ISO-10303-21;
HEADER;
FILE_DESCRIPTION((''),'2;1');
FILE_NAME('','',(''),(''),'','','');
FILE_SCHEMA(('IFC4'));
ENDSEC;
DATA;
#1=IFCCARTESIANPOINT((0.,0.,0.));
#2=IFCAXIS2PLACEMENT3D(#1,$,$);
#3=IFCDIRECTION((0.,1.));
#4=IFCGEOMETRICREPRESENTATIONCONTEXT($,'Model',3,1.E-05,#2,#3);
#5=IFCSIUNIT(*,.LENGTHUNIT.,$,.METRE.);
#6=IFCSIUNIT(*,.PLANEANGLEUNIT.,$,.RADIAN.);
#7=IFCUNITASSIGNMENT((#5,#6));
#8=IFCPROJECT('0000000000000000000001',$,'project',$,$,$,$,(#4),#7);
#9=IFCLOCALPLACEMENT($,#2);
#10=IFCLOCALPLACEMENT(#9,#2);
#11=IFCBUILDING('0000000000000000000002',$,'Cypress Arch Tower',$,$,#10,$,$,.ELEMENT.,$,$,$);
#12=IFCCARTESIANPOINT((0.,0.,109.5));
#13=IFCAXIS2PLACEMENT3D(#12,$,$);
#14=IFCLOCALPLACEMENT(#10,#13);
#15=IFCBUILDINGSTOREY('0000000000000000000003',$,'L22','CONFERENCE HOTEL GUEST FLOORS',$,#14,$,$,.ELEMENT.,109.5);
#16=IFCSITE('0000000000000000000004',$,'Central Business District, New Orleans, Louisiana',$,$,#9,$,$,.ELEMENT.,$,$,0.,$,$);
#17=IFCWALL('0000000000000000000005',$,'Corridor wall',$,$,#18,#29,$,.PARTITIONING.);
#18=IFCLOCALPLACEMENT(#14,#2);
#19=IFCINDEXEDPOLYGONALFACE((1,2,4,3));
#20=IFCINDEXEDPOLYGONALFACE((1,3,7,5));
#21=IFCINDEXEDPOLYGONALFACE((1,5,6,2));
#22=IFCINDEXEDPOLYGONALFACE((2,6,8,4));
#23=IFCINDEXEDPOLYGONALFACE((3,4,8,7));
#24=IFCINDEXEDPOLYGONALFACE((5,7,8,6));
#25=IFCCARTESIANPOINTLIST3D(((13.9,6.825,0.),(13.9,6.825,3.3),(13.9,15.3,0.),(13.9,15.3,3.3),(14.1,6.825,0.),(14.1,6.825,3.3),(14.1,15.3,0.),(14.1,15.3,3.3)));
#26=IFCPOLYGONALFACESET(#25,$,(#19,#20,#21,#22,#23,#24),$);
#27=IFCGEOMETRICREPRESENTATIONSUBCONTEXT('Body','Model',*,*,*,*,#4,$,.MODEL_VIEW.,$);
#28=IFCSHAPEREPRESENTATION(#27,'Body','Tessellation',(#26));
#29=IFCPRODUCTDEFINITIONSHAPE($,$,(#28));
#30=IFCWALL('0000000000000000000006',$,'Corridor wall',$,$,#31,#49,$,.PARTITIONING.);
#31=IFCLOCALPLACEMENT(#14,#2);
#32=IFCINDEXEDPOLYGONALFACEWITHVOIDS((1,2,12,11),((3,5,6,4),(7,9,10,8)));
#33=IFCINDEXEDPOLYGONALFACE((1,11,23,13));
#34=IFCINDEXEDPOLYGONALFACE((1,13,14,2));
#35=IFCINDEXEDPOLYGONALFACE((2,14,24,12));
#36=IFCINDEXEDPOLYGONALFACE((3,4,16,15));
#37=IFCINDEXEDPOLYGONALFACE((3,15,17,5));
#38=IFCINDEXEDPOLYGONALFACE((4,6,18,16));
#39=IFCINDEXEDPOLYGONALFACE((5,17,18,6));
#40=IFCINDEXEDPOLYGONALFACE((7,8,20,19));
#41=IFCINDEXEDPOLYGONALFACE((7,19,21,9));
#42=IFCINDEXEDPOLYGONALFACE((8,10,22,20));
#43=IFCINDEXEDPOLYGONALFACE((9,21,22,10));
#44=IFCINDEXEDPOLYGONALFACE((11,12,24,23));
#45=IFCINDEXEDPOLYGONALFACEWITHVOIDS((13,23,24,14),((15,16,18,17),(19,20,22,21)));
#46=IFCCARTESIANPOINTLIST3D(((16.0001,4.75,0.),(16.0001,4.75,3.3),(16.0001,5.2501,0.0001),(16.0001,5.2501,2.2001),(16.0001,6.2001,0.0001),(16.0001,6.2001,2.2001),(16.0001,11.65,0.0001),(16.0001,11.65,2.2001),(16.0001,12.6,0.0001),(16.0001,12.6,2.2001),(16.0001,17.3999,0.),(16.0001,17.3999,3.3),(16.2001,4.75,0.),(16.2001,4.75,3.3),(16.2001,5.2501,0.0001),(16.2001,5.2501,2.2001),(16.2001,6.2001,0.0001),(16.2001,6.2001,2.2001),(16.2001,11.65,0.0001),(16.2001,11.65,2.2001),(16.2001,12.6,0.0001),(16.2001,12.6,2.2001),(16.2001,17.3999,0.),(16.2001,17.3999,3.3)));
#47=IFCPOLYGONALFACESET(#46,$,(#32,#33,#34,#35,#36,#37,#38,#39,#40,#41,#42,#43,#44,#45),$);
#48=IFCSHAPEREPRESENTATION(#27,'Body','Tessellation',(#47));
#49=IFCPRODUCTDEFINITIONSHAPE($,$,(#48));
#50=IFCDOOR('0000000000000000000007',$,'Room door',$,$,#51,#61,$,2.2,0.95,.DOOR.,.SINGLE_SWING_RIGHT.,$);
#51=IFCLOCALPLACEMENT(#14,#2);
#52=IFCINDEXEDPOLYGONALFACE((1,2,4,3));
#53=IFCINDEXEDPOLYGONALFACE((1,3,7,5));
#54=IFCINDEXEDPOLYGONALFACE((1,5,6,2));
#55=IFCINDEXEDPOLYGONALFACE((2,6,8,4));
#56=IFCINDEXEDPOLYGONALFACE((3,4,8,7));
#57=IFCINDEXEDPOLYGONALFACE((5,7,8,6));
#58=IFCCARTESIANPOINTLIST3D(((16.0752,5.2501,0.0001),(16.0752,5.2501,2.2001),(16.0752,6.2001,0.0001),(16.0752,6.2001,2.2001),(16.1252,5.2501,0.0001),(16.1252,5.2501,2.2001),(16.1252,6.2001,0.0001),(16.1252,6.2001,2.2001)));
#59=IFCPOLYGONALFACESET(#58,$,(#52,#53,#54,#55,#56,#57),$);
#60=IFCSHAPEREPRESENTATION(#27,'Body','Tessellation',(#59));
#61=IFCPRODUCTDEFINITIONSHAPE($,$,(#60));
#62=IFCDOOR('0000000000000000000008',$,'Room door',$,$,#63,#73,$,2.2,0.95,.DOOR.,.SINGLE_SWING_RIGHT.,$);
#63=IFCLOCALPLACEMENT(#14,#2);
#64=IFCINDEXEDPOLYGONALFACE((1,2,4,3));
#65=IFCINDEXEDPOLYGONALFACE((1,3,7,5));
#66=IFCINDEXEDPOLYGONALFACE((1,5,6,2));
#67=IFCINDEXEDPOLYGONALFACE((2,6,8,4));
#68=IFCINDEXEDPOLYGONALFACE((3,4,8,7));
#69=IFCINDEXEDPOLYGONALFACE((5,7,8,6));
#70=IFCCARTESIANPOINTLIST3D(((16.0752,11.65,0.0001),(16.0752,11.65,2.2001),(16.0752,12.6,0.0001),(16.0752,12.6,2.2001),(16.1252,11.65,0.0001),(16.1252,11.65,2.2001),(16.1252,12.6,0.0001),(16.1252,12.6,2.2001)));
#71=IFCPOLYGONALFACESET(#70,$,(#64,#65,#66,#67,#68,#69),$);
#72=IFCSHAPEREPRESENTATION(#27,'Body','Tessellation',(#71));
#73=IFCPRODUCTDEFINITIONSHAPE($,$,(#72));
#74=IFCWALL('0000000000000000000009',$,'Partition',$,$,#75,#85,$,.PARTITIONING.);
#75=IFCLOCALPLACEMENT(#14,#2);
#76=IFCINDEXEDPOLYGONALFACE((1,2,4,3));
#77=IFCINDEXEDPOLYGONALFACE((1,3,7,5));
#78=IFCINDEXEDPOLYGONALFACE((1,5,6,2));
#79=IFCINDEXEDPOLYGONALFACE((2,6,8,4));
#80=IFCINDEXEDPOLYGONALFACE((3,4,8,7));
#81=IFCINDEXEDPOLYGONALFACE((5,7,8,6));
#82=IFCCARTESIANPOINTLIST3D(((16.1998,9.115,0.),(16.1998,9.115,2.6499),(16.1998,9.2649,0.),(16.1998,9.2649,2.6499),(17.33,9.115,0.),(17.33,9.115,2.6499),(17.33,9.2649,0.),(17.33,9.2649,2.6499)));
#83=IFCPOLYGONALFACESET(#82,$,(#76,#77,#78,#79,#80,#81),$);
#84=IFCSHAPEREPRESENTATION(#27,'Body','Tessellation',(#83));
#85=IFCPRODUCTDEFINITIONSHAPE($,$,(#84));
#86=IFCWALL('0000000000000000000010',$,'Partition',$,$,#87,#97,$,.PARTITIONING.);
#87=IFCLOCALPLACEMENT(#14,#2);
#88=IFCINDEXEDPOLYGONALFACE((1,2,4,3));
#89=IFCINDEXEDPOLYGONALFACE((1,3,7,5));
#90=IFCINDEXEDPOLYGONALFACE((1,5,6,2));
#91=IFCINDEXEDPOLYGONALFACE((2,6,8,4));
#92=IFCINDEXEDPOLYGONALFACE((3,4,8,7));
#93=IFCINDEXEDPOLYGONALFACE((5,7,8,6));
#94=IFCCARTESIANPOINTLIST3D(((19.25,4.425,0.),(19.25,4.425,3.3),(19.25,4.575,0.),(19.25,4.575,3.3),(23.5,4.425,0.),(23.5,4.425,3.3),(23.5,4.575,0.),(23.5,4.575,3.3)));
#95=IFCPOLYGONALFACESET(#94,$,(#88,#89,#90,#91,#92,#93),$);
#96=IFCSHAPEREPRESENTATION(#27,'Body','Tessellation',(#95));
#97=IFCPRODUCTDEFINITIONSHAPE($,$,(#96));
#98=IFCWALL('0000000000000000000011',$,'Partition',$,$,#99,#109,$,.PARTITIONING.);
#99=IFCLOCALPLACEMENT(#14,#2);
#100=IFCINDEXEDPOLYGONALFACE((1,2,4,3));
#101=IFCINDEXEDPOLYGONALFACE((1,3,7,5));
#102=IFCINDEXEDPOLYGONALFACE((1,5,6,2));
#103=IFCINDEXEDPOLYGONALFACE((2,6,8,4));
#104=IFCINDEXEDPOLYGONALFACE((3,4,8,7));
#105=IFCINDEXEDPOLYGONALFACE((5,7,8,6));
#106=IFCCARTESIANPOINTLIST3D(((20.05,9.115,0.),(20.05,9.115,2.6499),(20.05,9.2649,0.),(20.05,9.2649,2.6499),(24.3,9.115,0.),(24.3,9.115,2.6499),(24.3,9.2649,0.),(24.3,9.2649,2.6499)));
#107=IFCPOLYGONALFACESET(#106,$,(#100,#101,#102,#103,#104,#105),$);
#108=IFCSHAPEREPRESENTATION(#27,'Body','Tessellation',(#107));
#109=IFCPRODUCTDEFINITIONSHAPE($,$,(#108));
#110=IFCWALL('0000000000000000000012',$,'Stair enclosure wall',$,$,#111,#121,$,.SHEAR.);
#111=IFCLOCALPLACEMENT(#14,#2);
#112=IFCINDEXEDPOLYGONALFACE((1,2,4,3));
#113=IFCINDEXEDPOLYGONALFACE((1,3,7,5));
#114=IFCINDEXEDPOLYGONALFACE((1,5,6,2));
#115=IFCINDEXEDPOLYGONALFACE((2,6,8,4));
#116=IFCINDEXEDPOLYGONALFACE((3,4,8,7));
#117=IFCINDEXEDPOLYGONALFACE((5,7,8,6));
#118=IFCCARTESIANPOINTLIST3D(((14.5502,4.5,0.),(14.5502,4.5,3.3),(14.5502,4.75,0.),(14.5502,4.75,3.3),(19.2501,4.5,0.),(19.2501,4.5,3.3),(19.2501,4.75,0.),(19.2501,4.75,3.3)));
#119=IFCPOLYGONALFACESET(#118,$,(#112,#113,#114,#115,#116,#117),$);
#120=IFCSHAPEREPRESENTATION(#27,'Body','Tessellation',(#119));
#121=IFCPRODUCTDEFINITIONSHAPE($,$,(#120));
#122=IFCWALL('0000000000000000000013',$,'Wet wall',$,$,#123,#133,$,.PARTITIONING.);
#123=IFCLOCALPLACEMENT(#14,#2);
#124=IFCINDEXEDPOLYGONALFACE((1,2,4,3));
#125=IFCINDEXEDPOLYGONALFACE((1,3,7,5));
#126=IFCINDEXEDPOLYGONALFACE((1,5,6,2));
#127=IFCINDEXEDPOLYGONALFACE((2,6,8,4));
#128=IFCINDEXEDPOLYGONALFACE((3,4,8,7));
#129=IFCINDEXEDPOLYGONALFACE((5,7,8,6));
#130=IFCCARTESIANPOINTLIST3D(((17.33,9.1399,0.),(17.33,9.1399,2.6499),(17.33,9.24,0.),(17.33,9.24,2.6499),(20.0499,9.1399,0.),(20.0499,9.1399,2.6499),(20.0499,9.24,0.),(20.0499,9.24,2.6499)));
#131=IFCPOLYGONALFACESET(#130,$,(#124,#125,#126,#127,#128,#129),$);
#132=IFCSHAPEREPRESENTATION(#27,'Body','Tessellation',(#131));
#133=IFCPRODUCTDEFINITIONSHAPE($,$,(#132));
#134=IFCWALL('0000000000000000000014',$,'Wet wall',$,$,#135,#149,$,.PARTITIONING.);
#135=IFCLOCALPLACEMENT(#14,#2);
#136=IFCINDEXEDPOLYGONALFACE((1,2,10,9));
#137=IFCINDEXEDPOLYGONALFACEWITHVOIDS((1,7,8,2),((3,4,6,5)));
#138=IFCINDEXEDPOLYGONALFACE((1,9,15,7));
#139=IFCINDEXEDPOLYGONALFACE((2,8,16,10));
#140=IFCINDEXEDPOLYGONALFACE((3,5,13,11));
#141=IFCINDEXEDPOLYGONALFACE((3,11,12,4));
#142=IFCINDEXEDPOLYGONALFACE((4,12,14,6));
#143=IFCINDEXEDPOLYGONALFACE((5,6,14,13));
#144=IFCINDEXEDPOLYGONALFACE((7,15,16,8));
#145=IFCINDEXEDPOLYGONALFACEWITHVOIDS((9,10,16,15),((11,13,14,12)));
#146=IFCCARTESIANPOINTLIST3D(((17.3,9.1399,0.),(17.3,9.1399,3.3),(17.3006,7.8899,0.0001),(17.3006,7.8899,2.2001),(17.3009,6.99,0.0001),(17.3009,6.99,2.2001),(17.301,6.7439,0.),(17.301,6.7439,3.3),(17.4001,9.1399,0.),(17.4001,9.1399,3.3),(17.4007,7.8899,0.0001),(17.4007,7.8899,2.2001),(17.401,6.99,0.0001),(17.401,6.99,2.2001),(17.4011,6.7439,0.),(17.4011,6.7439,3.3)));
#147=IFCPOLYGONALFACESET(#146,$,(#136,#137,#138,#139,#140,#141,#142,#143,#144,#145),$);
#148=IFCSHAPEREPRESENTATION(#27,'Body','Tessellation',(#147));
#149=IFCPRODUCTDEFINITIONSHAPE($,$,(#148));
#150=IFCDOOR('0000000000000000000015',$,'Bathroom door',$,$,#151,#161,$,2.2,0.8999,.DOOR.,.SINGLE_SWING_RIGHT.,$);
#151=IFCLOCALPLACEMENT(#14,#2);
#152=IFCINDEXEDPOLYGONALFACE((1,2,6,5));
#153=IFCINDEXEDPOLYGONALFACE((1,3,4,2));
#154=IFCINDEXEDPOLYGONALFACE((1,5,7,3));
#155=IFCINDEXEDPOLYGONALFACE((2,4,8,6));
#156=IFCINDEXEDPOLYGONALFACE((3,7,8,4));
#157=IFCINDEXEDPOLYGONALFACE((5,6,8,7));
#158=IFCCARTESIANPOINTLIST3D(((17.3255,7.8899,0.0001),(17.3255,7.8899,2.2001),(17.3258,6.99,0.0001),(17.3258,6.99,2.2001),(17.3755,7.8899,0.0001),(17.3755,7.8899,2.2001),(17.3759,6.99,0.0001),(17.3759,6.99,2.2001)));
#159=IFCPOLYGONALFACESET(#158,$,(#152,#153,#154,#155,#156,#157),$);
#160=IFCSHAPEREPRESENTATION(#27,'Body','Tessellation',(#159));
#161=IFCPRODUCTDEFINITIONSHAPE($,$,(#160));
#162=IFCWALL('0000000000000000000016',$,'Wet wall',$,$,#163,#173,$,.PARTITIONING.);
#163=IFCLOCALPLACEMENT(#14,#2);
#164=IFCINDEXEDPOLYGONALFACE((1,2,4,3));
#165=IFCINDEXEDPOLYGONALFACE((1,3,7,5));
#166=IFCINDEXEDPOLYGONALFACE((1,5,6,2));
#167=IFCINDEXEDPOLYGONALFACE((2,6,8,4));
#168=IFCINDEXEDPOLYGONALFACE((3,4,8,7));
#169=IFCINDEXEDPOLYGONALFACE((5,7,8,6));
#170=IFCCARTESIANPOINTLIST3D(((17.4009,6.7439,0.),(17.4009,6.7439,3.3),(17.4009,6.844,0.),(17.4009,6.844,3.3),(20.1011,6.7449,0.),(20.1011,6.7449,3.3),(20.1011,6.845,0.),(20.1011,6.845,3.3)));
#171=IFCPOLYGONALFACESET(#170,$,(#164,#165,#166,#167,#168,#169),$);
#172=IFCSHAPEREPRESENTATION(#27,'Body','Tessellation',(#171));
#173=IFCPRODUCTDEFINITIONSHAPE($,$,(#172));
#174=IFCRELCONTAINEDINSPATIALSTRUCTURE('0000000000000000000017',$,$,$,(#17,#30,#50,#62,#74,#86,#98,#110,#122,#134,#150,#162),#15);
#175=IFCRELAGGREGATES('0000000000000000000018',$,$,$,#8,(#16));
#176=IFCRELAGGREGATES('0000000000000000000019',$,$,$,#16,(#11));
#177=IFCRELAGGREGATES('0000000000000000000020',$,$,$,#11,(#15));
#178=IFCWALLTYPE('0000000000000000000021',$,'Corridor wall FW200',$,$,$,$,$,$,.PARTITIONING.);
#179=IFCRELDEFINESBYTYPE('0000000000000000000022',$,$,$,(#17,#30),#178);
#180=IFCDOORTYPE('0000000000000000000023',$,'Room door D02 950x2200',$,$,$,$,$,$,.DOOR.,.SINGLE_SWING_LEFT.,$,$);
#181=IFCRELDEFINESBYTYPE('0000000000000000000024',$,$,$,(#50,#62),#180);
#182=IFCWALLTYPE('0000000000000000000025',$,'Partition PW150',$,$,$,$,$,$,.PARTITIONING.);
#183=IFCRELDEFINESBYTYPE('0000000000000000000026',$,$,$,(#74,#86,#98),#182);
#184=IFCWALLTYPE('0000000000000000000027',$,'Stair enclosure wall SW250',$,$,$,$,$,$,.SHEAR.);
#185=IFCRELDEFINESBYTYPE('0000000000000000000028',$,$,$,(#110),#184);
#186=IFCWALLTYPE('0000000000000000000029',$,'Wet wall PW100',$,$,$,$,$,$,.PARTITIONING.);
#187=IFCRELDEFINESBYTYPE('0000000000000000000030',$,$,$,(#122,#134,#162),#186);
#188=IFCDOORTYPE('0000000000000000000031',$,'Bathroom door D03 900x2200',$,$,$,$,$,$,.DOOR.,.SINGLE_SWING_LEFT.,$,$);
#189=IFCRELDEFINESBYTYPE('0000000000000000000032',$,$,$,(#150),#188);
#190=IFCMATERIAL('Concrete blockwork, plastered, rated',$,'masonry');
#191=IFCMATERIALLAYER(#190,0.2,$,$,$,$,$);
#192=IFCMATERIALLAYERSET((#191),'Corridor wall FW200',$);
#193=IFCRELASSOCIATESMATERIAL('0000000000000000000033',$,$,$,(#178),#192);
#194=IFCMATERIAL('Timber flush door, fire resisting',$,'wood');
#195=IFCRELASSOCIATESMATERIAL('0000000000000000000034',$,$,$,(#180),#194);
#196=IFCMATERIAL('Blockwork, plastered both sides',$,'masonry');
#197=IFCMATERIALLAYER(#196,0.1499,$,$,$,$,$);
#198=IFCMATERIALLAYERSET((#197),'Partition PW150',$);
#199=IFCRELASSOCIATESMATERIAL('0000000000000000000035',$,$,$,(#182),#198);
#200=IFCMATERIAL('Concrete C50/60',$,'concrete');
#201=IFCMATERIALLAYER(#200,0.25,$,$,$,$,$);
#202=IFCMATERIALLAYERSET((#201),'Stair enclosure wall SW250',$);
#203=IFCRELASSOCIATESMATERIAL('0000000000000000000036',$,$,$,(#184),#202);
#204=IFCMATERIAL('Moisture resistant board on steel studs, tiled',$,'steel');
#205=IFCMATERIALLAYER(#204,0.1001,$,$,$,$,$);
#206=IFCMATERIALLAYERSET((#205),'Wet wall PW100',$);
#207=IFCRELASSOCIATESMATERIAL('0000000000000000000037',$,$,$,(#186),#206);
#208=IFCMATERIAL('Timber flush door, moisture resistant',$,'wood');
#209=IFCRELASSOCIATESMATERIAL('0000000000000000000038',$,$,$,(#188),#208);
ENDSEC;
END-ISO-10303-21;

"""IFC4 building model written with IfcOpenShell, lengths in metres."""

from ifc_helpers import new_model, si_unit, direction, frame, frame_2d, origin, place, context, subcontext, project, spatial, rectangle, extrude, material, layer, layer_set, type_object, element, fill, save


model = new_model("IFC4")

# Units and contexts
model_context = context("Model", 3, precision=1e-05, world=origin(), true_north=direction((0.0, 1.0)))
body_context = subcontext(model_context, "Body", "Model", "MODEL_VIEW")
ifc_project = project(units=[si_unit("LENGTHUNIT", "METRE"), si_unit("PLANEANGLEUNIT", "RADIAN")], contexts=[model_context])

# Site, building, storey
site_placement = place(None, origin())
site = spatial("IfcSite", under=ifc_project, at=site_placement, Name="Central Business District, New Orleans, Louisiana", CompositionType="ELEMENT", RefElevation=0.0)
building_placement = place(site_placement, origin())
building = spatial("IfcBuilding", under=site, at=building_placement, Name="Cypress Arch Tower", CompositionType="ELEMENT")
storey_placement = place(building_placement, frame((0.0, 0.0, 109.5)))
storey = spatial("IfcBuildingStorey", under=building, at=storey_placement, Name="L22", Description="CONFERENCE HOTEL GUEST FLOORS", CompositionType="ELEMENT", Elevation=109.5)

# Shared definitions
ifc_material_1 = material(Name="Concrete blockwork, plastered, rated", Category="masonry")
ifc_layer_1 = layer(ifc_material_1, 0.2)
ifc_layer_set_1 = layer_set([ifc_layer_1], Name="Corridor wall FW200")
wall_type_1 = type_object("IfcWallType", Name="Corridor wall FW200", PredefinedType="PARTITIONING", material=ifc_layer_set_1)

# Wall
wall_1_placement = place(storey_placement, frame((14.0, 6.825, 0.0), z_axis=(0.0, 0.0, 1.0), x_axis=(0.0, 1.0, 0.0)))
element("IfcWall", 1, at=wall_1_placement, inside=storey, type_object=wall_type_1, Name="Corridor wall", PredefinedType="PARTITIONING", context=body_context, shape_type="SweptSolid", body=[
    extrude(rectangle(XDim=8.4751, YDim=0.2, at=frame_2d((4.2375, 0.0))), origin(), (0.0, 0.0, 1.0), 3.3),
])

# Wall, openings, doors
wall_2_placement = place(storey_placement, frame((16.1001, 4.75, 0.0), z_axis=(0.0, 0.0, 1.0), x_axis=(0.0, 1.0, 0.0)))
wall_2 = element("IfcWall", 2, at=wall_2_placement, inside=storey, type_object=wall_type_1, Name="Corridor wall", PredefinedType="PARTITIONING", context=body_context, shape_type="SweptSolid", body=[
    extrude(rectangle(XDim=12.6499, YDim=0.2, at=frame_2d((6.325, 0.0))), origin(), (0.0, 0.0, 1.0), 3.3),
])
opening_1_placement = place(wall_2_placement, frame((0.5, 0.0, 0.0)))
opening_1 = element("IfcOpeningElement", 3, at=opening_1_placement, cuts=wall_2, PredefinedType="OPENING", context=body_context, shape_type="SweptSolid", body=[
    extrude(rectangle(XDim=0.95, YDim=2.2, at=frame_2d((0.4751, 1.1001))), frame((0.0, 0.1099, 0.0), z_axis=(0.0, -1.0, 0.0), x_axis=(1.0, 0.0, 0.0)), (0.0, 0.0, 1.0), 0.22),
])
opening_2_placement = place(wall_2_placement, frame((6.8999, 0.0, 0.0)))
opening_2 = element("IfcOpeningElement", 4, at=opening_2_placement, cuts=wall_2, PredefinedType="OPENING", context=body_context, shape_type="SweptSolid", body=[
    extrude(rectangle(XDim=0.95, YDim=2.2, at=frame_2d((0.4751, 1.1001))), frame((0.0, 0.1099, 0.0), z_axis=(0.0, -1.0, 0.0), x_axis=(1.0, 0.0, 0.0)), (0.0, 0.0, 1.0), 0.22),
])
ifc_material_2 = material(Name="Timber flush door, fire resisting", Category="wood")
door_type_1 = type_object("IfcDoorType", Name="Room door D02 950x2200", OperationType="SINGLE_SWING_LEFT", PredefinedType="DOOR", material=ifc_material_2)
door_1_placement = place(opening_1_placement, origin())
door_1 = element("IfcDoor", 5, at=door_1_placement, inside=storey, type_object=door_type_1, Name="Room door", OperationType="SINGLE_SWING_RIGHT", OverallHeight=2.2, OverallWidth=0.95, PredefinedType="DOOR", context=body_context, shape_type="SweptSolid", body=[
    extrude(rectangle(XDim=0.95, YDim=2.2, at=frame_2d((0.4751, 1.1001))), frame((0.0, 0.0249, 0.0), z_axis=(0.0, -1.0, 0.0), x_axis=(1.0, 0.0, 0.0)), (0.0, 0.0, 1.0), 0.05),
])
fill(opening_1, door_1)
door_2_placement = place(opening_2_placement, origin())
door_2 = element("IfcDoor", 6, at=door_2_placement, inside=storey, type_object=door_type_1, Name="Room door", OperationType="SINGLE_SWING_RIGHT", OverallHeight=2.2, OverallWidth=0.95, PredefinedType="DOOR", context=body_context, shape_type="SweptSolid", body=[
    extrude(rectangle(XDim=0.95, YDim=2.2, at=frame_2d((0.4751, 1.1001))), frame((0.0, 0.0249, 0.0), z_axis=(0.0, -1.0, 0.0), x_axis=(1.0, 0.0, 0.0)), (0.0, 0.0, 1.0), 0.05),
])
fill(opening_2, door_2)

# Walls
ifc_material_3 = material(Name="Blockwork, plastered both sides", Category="masonry")
ifc_layer_2 = layer(ifc_material_3, 0.1499)
ifc_layer_set_2 = layer_set([ifc_layer_2], Name="Partition PW150")
wall_type_2 = type_object("IfcWallType", Name="Partition PW150", PredefinedType="PARTITIONING", material=ifc_layer_set_2)
wall_3_placement = place(storey_placement, frame((16.2, 9.1899, 0.0), z_axis=(0.0, 0.0, 1.0), x_axis=(1.0, 0.0, 0.0)))
element("IfcWall", 7, at=wall_3_placement, inside=storey, type_object=wall_type_2, Name="Partition", PredefinedType="PARTITIONING", context=body_context, shape_type="SweptSolid", body=[
    extrude(rectangle(XDim=1.1301, YDim=0.1499, at=frame_2d((0.5649, 0.0))), origin(), (0.0, 0.0, 1.0), 2.6499),
])
wall_4_placement = place(storey_placement, frame((19.25, 4.5, 0.0), z_axis=(0.0, 0.0, 1.0), x_axis=(1.0, 0.0, 0.0)))
element("IfcWall", 8, at=wall_4_placement, inside=storey, type_object=wall_type_2, Name="Partition", PredefinedType="PARTITIONING", context=body_context, shape_type="SweptSolid", body=[
    extrude(rectangle(XDim=4.25, YDim=0.1499, at=frame_2d((2.125, 0.0))), origin(), (0.0, 0.0, 1.0), 3.3),
])
wall_5_placement = place(storey_placement, frame((20.05, 9.1899, 0.0), z_axis=(0.0, 0.0, 1.0), x_axis=(1.0, 0.0, 0.0)))
element("IfcWall", 9, at=wall_5_placement, inside=storey, type_object=wall_type_2, Name="Partition", PredefinedType="PARTITIONING", context=body_context, shape_type="SweptSolid", body=[
    extrude(rectangle(XDim=4.25, YDim=0.1499, at=frame_2d((2.125, 0.0))), origin(), (0.0, 0.0, 1.0), 2.6499),
])
ifc_material_4 = material(Name="Concrete C50/60", Category="concrete")
ifc_layer_3 = layer(ifc_material_4, 0.25)
ifc_layer_set_3 = layer_set([ifc_layer_3], Name="Stair enclosure wall SW250")
wall_type_3 = type_object("IfcWallType", Name="Stair enclosure wall SW250", PredefinedType="SHEAR", material=ifc_layer_set_3)
wall_6_placement = place(storey_placement, frame((14.55, 4.625, 0.0), z_axis=(0.0, 0.0, 1.0), x_axis=(1.0, 0.0, 0.0)))
element("IfcWall", 10, at=wall_6_placement, inside=storey, type_object=wall_type_3, Name="Stair enclosure wall", PredefinedType="SHEAR", context=body_context, shape_type="SweptSolid", body=[
    extrude(rectangle(XDim=4.7, YDim=0.25, at=frame_2d((2.3501, 0.0))), origin(), (0.0, 0.0, 1.0), 3.3),
])
ifc_material_5 = material(Name="Moisture resistant board on steel studs, tiled", Category="steel")
ifc_layer_4 = layer(ifc_material_5, 0.1001)
ifc_layer_set_4 = layer_set([ifc_layer_4], Name="Wet wall PW100")
wall_type_4 = type_object("IfcWallType", Name="Wet wall PW100", PredefinedType="PARTITIONING", material=ifc_layer_set_4)
wall_7_placement = place(storey_placement, frame((17.3301, 9.1899, 0.0), z_axis=(0.0, 0.0, 1.0), x_axis=(1.0, 0.0, 0.0)))
element("IfcWall", 11, at=wall_7_placement, inside=storey, type_object=wall_type_4, Name="Wet wall", PredefinedType="PARTITIONING", context=body_context, shape_type="SweptSolid", body=[
    extrude(rectangle(XDim=2.72, YDim=0.1001, at=frame_2d((1.3599, 0.0))), origin(), (0.0, 0.0, 1.0), 2.6499),
])

# Wall, opening, door
wall_8_placement = place(storey_placement, frame((17.3501, 9.1399, 0.0), z_axis=(0.0, 0.0, 1.0), x_axis=(0.000408, -1.0, 0.0)))
wall_8 = element("IfcWall", 12, at=wall_8_placement, inside=storey, type_object=wall_type_4, Name="Wet wall", PredefinedType="PARTITIONING", context=body_context, shape_type="SweptSolid", body=[
    extrude(rectangle(XDim=2.396, YDim=0.1001, at=frame_2d((1.198, 0.0))), origin(), (0.0, 0.0, 1.0), 3.3),
])
opening_3_placement = place(wall_8_placement, frame((1.25, 0.0, 0.0)))
opening_3 = element("IfcOpeningElement", 13, at=opening_3_placement, cuts=wall_8, PredefinedType="OPENING", context=body_context, shape_type="SweptSolid", body=[
    extrude(rectangle(XDim=0.8999, YDim=2.2, at=frame_2d((0.45, 1.1001))), frame((0.0, 0.0601, 0.0), z_axis=(0.0, -1.0, 0.0), x_axis=(1.0, 0.0, 0.0)), (0.0, 0.0, 1.0), 0.1201),
])
ifc_material_6 = material(Name="Timber flush door, moisture resistant", Category="wood")
door_type_2 = type_object("IfcDoorType", Name="Bathroom door D03 900x2200", OperationType="SINGLE_SWING_LEFT", PredefinedType="DOOR", material=ifc_material_6)
door_3_placement = place(opening_3_placement, origin())
door_3 = element("IfcDoor", 14, at=door_3_placement, inside=storey, type_object=door_type_2, Name="Bathroom door", OperationType="SINGLE_SWING_RIGHT", OverallHeight=2.2, OverallWidth=0.8999, PredefinedType="DOOR", context=body_context, shape_type="SweptSolid", body=[
    extrude(rectangle(XDim=0.8999, YDim=2.2, at=frame_2d((0.45, 1.1001))), frame((0.0, 0.0249, 0.0), z_axis=(0.0, -1.0, 0.0), x_axis=(1.0, 0.0, 0.0)), (0.0, 0.0, 1.0), 0.05),
])
fill(opening_3, door_3)

# Wall
wall_9_placement = place(storey_placement, frame((17.4009, 6.7939, 0.0), z_axis=(0.0, 0.0, 1.0), x_axis=(1.0, 0.000362, 0.0)))
element("IfcWall", 15, at=wall_9_placement, inside=storey, type_object=wall_type_4, Name="Wet wall", PredefinedType="PARTITIONING", context=body_context, shape_type="SweptSolid", body=[
    extrude(rectangle(XDim=2.7002, YDim=0.1001, at=frame_2d((1.3501, 0.0))), origin(), (0.0, 0.0, 1.0), 3.3),
])

save(model, "model.ifc")
